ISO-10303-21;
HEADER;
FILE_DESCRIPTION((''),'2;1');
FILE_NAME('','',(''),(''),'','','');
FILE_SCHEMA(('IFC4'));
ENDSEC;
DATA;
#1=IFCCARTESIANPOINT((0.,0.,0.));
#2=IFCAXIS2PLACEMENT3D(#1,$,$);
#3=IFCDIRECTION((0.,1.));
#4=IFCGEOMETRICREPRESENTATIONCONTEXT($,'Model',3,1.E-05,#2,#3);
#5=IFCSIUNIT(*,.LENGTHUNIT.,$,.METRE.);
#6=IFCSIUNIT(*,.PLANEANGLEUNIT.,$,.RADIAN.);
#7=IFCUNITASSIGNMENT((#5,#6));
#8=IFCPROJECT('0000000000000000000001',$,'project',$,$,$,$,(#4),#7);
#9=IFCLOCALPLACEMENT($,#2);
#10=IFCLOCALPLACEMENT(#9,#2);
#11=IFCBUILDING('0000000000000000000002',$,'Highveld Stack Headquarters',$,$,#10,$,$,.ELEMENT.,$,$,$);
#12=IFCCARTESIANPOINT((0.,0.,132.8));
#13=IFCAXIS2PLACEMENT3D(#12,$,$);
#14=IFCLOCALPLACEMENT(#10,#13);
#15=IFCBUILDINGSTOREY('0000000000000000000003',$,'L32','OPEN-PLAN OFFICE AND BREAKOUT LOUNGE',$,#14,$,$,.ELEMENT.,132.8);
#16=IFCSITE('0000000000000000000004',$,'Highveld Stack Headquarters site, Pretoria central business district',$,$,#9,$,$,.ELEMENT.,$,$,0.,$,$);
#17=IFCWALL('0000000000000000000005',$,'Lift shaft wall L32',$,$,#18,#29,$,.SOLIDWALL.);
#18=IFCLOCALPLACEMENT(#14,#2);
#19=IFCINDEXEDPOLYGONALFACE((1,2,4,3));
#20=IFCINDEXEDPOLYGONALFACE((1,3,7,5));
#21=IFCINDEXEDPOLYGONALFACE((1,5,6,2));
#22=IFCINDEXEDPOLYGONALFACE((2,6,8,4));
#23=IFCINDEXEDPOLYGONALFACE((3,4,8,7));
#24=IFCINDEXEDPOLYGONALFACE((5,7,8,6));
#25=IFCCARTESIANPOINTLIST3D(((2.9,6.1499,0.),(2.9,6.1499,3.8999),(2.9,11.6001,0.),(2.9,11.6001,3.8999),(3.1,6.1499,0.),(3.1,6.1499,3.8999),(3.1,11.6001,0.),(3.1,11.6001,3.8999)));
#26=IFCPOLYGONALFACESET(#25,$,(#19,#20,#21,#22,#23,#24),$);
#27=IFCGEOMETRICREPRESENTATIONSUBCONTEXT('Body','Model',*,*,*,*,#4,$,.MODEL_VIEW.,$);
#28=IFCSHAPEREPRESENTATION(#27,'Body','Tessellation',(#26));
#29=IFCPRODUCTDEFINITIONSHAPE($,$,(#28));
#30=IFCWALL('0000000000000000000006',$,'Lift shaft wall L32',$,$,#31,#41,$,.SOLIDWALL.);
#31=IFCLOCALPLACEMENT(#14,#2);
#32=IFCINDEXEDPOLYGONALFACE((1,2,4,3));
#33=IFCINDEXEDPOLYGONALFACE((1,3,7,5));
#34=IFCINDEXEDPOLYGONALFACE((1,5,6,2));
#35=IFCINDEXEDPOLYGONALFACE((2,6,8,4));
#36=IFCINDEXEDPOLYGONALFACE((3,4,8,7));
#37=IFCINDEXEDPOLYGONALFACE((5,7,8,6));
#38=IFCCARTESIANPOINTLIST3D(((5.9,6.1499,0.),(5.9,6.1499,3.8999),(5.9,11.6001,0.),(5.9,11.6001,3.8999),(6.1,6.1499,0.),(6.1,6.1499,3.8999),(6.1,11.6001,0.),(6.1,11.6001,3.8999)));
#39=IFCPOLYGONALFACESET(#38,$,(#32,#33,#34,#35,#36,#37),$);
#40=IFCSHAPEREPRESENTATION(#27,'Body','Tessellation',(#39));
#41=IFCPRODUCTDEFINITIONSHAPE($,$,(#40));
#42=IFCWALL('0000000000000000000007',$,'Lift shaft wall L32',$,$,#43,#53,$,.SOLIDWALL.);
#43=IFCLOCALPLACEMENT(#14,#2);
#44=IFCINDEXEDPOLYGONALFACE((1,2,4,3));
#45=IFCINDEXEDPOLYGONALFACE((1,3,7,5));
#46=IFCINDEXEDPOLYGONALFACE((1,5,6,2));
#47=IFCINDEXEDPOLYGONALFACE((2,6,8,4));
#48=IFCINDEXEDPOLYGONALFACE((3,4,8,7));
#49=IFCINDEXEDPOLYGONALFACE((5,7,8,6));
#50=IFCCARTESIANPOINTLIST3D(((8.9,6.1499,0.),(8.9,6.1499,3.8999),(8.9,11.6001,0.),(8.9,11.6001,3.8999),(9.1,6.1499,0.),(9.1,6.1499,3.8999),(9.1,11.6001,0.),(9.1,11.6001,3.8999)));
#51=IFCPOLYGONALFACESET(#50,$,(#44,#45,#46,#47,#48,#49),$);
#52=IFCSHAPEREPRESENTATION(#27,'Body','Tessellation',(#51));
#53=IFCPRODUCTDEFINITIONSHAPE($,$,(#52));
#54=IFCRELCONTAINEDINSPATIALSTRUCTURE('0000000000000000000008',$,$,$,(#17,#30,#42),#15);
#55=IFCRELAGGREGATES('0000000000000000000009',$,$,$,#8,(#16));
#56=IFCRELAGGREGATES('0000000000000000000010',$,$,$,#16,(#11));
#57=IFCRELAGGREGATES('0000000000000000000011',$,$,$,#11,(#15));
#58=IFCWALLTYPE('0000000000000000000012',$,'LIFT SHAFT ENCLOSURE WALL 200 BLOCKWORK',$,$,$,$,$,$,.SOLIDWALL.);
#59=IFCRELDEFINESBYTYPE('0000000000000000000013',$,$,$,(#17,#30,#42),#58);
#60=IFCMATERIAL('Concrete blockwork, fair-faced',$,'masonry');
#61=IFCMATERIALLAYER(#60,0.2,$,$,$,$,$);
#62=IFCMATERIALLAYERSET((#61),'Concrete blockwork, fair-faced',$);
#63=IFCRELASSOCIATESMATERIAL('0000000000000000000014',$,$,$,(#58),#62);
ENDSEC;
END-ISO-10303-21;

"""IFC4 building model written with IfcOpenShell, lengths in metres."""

from ifc_helpers import new_model, si_unit, direction, frame, frame_2d, origin, place, context, subcontext, project, spatial, rectangle, extrude, material, layer, layer_set, type_object, element, save


model = new_model("IFC4")

# Units and contexts
model_context = context("Model", 3, precision=1e-05, world=origin(), true_north=direction((0.0, 1.0)))
body_context = subcontext(model_context, "Body", "Model", "MODEL_VIEW")
ifc_project = project(units=[si_unit("LENGTHUNIT", "METRE"), si_unit("PLANEANGLEUNIT", "RADIAN")], contexts=[model_context])

# Site, building, storey
site_placement = place(None, origin())
site = spatial("IfcSite", under=ifc_project, at=site_placement, Name="Highveld Stack Headquarters site, Pretoria central business district", CompositionType="ELEMENT", RefElevation=0.0)
building_placement = place(site_placement, origin())
building = spatial("IfcBuilding", under=site, at=building_placement, Name="Highveld Stack Headquarters", CompositionType="ELEMENT")
storey_placement = place(building_placement, frame((0.0, 0.0, 132.8)))
storey = spatial("IfcBuildingStorey", under=building, at=storey_placement, Name="L32", Description="OPEN-PLAN OFFICE AND BREAKOUT LOUNGE", CompositionType="ELEMENT", Elevation=132.8)

# Walls
ifc_material_1 = material(Name="Concrete blockwork, fair-faced", Category="masonry")
ifc_layer_1 = layer(ifc_material_1, 0.2)
ifc_layer_set_1 = layer_set([ifc_layer_1], Name="Concrete blockwork, fair-faced")
wall_type_1 = type_object("IfcWallType", Name="LIFT SHAFT ENCLOSURE WALL 200 BLOCKWORK", PredefinedType="SOLIDWALL", material=ifc_layer_set_1)
for number, where, z_axis, x_axis, name in (
    (1, (3.0, 6.1499, 0.0), (0.0, 0.0, 1.0), (0.0, 1.0, 0.0), "Lift shaft wall L32"),
    (2, (6.0, 6.1499, 0.0), (0.0, 0.0, 1.0), (0.0, 1.0, 0.0), "Lift shaft wall L32"),
    (3, (9.0, 6.1499, 0.0), (0.0, 0.0, 1.0), (0.0, 1.0, 0.0), "Lift shaft wall L32"),
):
    element("IfcWall", number, at=place(storey_placement, frame(where, z_axis=z_axis, x_axis=x_axis)), inside=storey, type_object=wall_type_1, Name=name, PredefinedType="SOLIDWALL", context=body_context, shape_type="SweptSolid", body=[
        extrude(rectangle(XDim=5.4502, YDim=0.2, at=frame_2d((2.7251, 0.0))), origin(), (0.0, 0.0, 1.0), 3.8999),
    ])

save(model, "model.ifc")
